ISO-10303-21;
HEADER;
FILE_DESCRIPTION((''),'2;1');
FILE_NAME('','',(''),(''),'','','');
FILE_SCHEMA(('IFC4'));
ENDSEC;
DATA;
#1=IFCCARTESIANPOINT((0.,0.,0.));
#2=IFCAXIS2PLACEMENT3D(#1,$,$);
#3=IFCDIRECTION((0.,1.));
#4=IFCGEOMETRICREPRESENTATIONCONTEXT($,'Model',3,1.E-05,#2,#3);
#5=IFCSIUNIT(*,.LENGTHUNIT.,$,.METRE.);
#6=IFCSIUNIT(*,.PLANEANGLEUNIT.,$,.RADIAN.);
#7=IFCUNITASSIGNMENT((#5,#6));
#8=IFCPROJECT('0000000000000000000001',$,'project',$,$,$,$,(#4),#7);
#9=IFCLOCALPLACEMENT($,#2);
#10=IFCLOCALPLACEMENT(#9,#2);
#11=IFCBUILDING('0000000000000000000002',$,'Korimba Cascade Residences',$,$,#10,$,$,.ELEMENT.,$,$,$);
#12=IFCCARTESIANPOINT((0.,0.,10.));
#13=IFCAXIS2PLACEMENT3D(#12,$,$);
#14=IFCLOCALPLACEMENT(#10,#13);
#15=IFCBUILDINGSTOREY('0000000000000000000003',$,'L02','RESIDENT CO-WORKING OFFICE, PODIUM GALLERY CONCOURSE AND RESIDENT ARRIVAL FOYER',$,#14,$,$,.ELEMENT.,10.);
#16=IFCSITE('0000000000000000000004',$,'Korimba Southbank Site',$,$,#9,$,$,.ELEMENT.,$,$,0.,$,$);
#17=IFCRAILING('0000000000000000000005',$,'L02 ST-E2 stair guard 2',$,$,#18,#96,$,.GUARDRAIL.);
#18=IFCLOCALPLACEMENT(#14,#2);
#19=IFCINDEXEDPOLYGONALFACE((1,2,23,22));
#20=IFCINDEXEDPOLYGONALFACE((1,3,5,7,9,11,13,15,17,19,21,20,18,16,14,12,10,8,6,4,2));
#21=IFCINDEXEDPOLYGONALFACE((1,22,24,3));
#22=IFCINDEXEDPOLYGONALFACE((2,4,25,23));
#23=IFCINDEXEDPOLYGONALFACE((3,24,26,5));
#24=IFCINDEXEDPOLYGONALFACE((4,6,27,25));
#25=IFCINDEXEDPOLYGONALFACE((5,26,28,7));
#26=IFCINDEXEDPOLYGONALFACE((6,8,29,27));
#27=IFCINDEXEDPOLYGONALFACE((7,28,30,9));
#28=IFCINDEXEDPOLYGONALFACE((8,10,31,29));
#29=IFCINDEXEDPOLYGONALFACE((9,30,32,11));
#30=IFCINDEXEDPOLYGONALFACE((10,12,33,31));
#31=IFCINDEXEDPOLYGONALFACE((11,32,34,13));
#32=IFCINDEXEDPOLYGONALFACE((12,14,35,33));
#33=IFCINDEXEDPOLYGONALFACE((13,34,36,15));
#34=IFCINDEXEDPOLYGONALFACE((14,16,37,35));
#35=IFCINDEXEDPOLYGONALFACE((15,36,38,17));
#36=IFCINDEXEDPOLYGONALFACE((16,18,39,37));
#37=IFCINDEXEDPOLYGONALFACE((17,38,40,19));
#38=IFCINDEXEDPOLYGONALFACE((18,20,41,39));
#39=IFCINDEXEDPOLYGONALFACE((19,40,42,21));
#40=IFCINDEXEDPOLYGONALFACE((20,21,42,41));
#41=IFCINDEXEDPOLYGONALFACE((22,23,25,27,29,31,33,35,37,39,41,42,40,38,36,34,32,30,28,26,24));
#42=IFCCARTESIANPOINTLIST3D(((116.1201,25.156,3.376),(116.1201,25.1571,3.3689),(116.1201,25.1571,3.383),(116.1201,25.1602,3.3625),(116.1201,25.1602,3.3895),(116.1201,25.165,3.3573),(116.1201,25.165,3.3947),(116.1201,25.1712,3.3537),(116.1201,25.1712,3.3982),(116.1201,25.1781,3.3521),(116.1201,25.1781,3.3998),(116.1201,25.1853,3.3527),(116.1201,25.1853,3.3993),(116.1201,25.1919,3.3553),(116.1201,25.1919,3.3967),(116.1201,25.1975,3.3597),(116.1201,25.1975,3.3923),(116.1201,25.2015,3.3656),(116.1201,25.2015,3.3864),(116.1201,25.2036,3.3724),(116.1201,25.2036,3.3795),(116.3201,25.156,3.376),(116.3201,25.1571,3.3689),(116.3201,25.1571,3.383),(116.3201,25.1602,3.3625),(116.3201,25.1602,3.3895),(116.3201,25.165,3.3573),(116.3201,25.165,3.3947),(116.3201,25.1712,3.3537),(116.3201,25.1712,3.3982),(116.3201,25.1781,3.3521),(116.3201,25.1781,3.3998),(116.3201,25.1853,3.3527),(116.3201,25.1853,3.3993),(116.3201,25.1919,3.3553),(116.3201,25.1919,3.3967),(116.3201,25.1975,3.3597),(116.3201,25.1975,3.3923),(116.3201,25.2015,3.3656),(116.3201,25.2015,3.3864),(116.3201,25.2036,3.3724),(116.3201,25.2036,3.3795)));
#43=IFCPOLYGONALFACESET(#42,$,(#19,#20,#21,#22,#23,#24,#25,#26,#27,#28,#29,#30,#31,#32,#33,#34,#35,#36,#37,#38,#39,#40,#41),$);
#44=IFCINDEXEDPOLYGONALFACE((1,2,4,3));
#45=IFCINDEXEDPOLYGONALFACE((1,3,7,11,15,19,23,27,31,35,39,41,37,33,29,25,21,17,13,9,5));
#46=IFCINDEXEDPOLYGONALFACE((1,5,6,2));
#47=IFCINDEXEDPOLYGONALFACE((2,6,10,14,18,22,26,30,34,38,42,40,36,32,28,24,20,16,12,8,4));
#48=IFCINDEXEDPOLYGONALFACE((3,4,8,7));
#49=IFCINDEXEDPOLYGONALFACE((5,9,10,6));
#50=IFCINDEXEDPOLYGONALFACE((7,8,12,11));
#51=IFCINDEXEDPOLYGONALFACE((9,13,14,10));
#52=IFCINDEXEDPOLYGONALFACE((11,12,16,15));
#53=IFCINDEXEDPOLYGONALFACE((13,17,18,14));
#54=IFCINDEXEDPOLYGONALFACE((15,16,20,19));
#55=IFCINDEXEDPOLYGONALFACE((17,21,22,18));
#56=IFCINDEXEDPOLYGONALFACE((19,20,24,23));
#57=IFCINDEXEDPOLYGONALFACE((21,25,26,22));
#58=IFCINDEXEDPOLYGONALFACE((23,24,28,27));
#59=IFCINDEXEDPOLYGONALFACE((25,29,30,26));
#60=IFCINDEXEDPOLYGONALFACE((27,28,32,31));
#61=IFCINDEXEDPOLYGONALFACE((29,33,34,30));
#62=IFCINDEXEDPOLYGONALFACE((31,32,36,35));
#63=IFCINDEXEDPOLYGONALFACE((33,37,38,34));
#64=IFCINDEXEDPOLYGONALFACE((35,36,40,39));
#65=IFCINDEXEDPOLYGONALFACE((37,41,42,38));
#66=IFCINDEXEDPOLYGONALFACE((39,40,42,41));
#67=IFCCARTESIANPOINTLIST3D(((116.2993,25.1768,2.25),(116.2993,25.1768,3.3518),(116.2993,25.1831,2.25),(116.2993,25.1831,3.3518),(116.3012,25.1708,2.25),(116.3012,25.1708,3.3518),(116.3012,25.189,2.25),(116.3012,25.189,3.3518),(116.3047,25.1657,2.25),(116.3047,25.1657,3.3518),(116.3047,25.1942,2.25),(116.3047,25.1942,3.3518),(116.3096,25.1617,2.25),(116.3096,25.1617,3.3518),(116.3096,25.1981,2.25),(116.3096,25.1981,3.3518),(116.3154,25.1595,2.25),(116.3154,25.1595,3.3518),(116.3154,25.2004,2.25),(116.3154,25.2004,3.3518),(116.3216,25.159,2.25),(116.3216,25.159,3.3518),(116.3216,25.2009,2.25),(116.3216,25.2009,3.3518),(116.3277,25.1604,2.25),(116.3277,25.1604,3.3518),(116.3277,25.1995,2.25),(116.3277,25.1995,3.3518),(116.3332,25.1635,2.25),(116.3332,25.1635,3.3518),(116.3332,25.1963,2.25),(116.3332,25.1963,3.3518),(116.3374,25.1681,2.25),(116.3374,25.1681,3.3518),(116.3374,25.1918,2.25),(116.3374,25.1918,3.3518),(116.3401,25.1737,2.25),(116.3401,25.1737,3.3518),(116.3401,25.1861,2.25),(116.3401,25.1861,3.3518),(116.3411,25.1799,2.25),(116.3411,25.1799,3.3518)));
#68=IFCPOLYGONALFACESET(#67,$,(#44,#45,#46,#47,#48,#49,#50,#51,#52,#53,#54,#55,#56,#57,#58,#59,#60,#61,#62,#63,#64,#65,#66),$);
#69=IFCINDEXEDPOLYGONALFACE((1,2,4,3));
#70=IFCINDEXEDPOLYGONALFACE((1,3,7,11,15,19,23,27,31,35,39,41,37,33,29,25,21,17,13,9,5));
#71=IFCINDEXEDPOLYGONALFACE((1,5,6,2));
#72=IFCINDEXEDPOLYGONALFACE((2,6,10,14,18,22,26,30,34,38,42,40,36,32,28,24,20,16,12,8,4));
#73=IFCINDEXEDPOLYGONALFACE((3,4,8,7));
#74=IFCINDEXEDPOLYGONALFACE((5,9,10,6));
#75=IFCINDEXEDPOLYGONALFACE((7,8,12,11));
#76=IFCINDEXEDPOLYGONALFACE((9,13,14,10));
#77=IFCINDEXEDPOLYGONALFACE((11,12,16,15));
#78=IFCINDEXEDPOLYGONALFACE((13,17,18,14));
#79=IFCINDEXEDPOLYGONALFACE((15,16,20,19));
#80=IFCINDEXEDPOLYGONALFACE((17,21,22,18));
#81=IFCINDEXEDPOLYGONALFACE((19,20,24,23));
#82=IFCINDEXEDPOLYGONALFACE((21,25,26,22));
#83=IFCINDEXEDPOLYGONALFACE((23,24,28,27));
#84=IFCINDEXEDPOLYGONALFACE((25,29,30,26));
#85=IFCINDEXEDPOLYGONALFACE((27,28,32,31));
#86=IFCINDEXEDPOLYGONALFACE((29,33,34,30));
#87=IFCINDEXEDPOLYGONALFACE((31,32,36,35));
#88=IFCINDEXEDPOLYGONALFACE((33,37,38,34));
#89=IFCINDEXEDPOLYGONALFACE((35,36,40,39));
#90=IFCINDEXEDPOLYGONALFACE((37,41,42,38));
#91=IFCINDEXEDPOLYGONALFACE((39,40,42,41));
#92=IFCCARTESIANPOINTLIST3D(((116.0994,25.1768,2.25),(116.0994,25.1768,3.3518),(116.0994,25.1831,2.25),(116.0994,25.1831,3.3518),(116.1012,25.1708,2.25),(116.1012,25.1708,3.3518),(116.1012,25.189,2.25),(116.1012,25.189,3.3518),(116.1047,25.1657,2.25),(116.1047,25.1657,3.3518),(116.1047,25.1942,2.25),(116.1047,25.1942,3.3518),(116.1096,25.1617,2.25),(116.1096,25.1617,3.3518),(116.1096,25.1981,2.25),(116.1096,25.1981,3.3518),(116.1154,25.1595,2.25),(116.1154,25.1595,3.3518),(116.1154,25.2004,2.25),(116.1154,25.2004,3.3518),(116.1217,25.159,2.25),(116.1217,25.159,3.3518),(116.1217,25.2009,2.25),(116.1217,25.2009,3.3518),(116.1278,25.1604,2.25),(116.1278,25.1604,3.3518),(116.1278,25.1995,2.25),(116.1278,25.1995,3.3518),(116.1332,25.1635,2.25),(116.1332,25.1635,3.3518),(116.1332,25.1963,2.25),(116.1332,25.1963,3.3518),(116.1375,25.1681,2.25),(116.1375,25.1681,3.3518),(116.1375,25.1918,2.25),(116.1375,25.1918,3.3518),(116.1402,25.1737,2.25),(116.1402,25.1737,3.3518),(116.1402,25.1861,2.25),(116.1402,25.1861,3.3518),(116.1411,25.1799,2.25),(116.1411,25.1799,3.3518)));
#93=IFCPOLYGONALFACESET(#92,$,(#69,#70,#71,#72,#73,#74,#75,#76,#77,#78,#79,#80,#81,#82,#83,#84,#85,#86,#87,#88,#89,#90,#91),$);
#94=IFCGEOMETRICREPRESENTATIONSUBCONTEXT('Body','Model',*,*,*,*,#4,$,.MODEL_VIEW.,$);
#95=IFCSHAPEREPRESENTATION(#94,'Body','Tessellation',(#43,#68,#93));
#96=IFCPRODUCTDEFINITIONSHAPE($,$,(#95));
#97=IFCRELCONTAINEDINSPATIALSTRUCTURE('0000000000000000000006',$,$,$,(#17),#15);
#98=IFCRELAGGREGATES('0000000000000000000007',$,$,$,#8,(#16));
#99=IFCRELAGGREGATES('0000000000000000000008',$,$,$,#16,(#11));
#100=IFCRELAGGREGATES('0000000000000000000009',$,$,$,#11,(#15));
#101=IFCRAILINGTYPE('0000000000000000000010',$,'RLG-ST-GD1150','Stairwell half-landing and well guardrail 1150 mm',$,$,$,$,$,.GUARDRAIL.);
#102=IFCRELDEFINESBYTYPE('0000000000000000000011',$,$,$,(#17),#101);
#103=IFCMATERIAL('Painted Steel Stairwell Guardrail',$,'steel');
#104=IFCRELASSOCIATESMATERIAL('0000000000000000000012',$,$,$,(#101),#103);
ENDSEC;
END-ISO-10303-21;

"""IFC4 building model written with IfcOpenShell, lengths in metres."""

from ifc_helpers import new_model, si_unit, direction, frame, origin, origin_2d, place, context, subcontext, project, spatial, circle, extrude, material, type_object, element, save


model = new_model("IFC4")

# Units and contexts
model_context = context("Model", 3, precision=1e-05, world=origin(), true_north=direction((0.0, 1.0)))
body_context = subcontext(model_context, "Body", "Model", "MODEL_VIEW")
ifc_project = project(units=[si_unit("LENGTHUNIT", "METRE"), si_unit("PLANEANGLEUNIT", "RADIAN")], contexts=[model_context])

# Site, building, storey
site_placement = place(None, origin())
site = spatial("IfcSite", under=ifc_project, at=site_placement, Name="Korimba Southbank Site", CompositionType="ELEMENT", RefElevation=0.0)
building_placement = place(site_placement, origin())
building = spatial("IfcBuilding", under=site, at=building_placement, Name="Korimba Cascade Residences", CompositionType="ELEMENT")
storey_placement = place(building_placement, frame((0.0, 0.0, 10.0)))
storey = spatial("IfcBuildingStorey", under=building, at=storey_placement, Name="L02", Description="RESIDENT CO-WORKING OFFICE, PODIUM GALLERY CONCOURSE AND RESIDENT ARRIVAL FOYER", CompositionType="ELEMENT", Elevation=10.0)

# Railing
ifc_material_1 = material(Name="Painted Steel Stairwell Guardrail", Category="steel")
railing_type_1 = type_object("IfcRailingType", Name="RLG-ST-GD1150", Description="Stairwell half-landing and well guardrail 1150 mm", PredefinedType="GUARDRAIL", material=ifc_material_1)
railing_1_placement = place(storey_placement, frame((116.3201, 25.1799, 2.25)))
element("IfcRailing", 1, at=railing_1_placement, inside=storey, type_object=railing_type_1, Name="L02 ST-E2 stair guard 2", PredefinedType="GUARDRAIL", context=body_context, shape_type="SweptSolid", body=[
    extrude(circle(Radius=0.0239, at=origin_2d()), frame((0.0, 0.0, 1.126), z_axis=(-1.0, 0.0, 0.0), x_axis=(0.0, -1.0, 0.0)), (0.0, 0.0, 1.0), 0.2),
    extrude(circle(Radius=0.021, at=origin_2d()), origin(), (0.0, 0.0, 1.0), 1.1018),
    extrude(circle(Radius=0.021, at=origin_2d()), frame((-0.2, 0.0, 0.0)), (0.0, 0.0, 1.0), 1.1018),
])

save(model, "model.ifc")
